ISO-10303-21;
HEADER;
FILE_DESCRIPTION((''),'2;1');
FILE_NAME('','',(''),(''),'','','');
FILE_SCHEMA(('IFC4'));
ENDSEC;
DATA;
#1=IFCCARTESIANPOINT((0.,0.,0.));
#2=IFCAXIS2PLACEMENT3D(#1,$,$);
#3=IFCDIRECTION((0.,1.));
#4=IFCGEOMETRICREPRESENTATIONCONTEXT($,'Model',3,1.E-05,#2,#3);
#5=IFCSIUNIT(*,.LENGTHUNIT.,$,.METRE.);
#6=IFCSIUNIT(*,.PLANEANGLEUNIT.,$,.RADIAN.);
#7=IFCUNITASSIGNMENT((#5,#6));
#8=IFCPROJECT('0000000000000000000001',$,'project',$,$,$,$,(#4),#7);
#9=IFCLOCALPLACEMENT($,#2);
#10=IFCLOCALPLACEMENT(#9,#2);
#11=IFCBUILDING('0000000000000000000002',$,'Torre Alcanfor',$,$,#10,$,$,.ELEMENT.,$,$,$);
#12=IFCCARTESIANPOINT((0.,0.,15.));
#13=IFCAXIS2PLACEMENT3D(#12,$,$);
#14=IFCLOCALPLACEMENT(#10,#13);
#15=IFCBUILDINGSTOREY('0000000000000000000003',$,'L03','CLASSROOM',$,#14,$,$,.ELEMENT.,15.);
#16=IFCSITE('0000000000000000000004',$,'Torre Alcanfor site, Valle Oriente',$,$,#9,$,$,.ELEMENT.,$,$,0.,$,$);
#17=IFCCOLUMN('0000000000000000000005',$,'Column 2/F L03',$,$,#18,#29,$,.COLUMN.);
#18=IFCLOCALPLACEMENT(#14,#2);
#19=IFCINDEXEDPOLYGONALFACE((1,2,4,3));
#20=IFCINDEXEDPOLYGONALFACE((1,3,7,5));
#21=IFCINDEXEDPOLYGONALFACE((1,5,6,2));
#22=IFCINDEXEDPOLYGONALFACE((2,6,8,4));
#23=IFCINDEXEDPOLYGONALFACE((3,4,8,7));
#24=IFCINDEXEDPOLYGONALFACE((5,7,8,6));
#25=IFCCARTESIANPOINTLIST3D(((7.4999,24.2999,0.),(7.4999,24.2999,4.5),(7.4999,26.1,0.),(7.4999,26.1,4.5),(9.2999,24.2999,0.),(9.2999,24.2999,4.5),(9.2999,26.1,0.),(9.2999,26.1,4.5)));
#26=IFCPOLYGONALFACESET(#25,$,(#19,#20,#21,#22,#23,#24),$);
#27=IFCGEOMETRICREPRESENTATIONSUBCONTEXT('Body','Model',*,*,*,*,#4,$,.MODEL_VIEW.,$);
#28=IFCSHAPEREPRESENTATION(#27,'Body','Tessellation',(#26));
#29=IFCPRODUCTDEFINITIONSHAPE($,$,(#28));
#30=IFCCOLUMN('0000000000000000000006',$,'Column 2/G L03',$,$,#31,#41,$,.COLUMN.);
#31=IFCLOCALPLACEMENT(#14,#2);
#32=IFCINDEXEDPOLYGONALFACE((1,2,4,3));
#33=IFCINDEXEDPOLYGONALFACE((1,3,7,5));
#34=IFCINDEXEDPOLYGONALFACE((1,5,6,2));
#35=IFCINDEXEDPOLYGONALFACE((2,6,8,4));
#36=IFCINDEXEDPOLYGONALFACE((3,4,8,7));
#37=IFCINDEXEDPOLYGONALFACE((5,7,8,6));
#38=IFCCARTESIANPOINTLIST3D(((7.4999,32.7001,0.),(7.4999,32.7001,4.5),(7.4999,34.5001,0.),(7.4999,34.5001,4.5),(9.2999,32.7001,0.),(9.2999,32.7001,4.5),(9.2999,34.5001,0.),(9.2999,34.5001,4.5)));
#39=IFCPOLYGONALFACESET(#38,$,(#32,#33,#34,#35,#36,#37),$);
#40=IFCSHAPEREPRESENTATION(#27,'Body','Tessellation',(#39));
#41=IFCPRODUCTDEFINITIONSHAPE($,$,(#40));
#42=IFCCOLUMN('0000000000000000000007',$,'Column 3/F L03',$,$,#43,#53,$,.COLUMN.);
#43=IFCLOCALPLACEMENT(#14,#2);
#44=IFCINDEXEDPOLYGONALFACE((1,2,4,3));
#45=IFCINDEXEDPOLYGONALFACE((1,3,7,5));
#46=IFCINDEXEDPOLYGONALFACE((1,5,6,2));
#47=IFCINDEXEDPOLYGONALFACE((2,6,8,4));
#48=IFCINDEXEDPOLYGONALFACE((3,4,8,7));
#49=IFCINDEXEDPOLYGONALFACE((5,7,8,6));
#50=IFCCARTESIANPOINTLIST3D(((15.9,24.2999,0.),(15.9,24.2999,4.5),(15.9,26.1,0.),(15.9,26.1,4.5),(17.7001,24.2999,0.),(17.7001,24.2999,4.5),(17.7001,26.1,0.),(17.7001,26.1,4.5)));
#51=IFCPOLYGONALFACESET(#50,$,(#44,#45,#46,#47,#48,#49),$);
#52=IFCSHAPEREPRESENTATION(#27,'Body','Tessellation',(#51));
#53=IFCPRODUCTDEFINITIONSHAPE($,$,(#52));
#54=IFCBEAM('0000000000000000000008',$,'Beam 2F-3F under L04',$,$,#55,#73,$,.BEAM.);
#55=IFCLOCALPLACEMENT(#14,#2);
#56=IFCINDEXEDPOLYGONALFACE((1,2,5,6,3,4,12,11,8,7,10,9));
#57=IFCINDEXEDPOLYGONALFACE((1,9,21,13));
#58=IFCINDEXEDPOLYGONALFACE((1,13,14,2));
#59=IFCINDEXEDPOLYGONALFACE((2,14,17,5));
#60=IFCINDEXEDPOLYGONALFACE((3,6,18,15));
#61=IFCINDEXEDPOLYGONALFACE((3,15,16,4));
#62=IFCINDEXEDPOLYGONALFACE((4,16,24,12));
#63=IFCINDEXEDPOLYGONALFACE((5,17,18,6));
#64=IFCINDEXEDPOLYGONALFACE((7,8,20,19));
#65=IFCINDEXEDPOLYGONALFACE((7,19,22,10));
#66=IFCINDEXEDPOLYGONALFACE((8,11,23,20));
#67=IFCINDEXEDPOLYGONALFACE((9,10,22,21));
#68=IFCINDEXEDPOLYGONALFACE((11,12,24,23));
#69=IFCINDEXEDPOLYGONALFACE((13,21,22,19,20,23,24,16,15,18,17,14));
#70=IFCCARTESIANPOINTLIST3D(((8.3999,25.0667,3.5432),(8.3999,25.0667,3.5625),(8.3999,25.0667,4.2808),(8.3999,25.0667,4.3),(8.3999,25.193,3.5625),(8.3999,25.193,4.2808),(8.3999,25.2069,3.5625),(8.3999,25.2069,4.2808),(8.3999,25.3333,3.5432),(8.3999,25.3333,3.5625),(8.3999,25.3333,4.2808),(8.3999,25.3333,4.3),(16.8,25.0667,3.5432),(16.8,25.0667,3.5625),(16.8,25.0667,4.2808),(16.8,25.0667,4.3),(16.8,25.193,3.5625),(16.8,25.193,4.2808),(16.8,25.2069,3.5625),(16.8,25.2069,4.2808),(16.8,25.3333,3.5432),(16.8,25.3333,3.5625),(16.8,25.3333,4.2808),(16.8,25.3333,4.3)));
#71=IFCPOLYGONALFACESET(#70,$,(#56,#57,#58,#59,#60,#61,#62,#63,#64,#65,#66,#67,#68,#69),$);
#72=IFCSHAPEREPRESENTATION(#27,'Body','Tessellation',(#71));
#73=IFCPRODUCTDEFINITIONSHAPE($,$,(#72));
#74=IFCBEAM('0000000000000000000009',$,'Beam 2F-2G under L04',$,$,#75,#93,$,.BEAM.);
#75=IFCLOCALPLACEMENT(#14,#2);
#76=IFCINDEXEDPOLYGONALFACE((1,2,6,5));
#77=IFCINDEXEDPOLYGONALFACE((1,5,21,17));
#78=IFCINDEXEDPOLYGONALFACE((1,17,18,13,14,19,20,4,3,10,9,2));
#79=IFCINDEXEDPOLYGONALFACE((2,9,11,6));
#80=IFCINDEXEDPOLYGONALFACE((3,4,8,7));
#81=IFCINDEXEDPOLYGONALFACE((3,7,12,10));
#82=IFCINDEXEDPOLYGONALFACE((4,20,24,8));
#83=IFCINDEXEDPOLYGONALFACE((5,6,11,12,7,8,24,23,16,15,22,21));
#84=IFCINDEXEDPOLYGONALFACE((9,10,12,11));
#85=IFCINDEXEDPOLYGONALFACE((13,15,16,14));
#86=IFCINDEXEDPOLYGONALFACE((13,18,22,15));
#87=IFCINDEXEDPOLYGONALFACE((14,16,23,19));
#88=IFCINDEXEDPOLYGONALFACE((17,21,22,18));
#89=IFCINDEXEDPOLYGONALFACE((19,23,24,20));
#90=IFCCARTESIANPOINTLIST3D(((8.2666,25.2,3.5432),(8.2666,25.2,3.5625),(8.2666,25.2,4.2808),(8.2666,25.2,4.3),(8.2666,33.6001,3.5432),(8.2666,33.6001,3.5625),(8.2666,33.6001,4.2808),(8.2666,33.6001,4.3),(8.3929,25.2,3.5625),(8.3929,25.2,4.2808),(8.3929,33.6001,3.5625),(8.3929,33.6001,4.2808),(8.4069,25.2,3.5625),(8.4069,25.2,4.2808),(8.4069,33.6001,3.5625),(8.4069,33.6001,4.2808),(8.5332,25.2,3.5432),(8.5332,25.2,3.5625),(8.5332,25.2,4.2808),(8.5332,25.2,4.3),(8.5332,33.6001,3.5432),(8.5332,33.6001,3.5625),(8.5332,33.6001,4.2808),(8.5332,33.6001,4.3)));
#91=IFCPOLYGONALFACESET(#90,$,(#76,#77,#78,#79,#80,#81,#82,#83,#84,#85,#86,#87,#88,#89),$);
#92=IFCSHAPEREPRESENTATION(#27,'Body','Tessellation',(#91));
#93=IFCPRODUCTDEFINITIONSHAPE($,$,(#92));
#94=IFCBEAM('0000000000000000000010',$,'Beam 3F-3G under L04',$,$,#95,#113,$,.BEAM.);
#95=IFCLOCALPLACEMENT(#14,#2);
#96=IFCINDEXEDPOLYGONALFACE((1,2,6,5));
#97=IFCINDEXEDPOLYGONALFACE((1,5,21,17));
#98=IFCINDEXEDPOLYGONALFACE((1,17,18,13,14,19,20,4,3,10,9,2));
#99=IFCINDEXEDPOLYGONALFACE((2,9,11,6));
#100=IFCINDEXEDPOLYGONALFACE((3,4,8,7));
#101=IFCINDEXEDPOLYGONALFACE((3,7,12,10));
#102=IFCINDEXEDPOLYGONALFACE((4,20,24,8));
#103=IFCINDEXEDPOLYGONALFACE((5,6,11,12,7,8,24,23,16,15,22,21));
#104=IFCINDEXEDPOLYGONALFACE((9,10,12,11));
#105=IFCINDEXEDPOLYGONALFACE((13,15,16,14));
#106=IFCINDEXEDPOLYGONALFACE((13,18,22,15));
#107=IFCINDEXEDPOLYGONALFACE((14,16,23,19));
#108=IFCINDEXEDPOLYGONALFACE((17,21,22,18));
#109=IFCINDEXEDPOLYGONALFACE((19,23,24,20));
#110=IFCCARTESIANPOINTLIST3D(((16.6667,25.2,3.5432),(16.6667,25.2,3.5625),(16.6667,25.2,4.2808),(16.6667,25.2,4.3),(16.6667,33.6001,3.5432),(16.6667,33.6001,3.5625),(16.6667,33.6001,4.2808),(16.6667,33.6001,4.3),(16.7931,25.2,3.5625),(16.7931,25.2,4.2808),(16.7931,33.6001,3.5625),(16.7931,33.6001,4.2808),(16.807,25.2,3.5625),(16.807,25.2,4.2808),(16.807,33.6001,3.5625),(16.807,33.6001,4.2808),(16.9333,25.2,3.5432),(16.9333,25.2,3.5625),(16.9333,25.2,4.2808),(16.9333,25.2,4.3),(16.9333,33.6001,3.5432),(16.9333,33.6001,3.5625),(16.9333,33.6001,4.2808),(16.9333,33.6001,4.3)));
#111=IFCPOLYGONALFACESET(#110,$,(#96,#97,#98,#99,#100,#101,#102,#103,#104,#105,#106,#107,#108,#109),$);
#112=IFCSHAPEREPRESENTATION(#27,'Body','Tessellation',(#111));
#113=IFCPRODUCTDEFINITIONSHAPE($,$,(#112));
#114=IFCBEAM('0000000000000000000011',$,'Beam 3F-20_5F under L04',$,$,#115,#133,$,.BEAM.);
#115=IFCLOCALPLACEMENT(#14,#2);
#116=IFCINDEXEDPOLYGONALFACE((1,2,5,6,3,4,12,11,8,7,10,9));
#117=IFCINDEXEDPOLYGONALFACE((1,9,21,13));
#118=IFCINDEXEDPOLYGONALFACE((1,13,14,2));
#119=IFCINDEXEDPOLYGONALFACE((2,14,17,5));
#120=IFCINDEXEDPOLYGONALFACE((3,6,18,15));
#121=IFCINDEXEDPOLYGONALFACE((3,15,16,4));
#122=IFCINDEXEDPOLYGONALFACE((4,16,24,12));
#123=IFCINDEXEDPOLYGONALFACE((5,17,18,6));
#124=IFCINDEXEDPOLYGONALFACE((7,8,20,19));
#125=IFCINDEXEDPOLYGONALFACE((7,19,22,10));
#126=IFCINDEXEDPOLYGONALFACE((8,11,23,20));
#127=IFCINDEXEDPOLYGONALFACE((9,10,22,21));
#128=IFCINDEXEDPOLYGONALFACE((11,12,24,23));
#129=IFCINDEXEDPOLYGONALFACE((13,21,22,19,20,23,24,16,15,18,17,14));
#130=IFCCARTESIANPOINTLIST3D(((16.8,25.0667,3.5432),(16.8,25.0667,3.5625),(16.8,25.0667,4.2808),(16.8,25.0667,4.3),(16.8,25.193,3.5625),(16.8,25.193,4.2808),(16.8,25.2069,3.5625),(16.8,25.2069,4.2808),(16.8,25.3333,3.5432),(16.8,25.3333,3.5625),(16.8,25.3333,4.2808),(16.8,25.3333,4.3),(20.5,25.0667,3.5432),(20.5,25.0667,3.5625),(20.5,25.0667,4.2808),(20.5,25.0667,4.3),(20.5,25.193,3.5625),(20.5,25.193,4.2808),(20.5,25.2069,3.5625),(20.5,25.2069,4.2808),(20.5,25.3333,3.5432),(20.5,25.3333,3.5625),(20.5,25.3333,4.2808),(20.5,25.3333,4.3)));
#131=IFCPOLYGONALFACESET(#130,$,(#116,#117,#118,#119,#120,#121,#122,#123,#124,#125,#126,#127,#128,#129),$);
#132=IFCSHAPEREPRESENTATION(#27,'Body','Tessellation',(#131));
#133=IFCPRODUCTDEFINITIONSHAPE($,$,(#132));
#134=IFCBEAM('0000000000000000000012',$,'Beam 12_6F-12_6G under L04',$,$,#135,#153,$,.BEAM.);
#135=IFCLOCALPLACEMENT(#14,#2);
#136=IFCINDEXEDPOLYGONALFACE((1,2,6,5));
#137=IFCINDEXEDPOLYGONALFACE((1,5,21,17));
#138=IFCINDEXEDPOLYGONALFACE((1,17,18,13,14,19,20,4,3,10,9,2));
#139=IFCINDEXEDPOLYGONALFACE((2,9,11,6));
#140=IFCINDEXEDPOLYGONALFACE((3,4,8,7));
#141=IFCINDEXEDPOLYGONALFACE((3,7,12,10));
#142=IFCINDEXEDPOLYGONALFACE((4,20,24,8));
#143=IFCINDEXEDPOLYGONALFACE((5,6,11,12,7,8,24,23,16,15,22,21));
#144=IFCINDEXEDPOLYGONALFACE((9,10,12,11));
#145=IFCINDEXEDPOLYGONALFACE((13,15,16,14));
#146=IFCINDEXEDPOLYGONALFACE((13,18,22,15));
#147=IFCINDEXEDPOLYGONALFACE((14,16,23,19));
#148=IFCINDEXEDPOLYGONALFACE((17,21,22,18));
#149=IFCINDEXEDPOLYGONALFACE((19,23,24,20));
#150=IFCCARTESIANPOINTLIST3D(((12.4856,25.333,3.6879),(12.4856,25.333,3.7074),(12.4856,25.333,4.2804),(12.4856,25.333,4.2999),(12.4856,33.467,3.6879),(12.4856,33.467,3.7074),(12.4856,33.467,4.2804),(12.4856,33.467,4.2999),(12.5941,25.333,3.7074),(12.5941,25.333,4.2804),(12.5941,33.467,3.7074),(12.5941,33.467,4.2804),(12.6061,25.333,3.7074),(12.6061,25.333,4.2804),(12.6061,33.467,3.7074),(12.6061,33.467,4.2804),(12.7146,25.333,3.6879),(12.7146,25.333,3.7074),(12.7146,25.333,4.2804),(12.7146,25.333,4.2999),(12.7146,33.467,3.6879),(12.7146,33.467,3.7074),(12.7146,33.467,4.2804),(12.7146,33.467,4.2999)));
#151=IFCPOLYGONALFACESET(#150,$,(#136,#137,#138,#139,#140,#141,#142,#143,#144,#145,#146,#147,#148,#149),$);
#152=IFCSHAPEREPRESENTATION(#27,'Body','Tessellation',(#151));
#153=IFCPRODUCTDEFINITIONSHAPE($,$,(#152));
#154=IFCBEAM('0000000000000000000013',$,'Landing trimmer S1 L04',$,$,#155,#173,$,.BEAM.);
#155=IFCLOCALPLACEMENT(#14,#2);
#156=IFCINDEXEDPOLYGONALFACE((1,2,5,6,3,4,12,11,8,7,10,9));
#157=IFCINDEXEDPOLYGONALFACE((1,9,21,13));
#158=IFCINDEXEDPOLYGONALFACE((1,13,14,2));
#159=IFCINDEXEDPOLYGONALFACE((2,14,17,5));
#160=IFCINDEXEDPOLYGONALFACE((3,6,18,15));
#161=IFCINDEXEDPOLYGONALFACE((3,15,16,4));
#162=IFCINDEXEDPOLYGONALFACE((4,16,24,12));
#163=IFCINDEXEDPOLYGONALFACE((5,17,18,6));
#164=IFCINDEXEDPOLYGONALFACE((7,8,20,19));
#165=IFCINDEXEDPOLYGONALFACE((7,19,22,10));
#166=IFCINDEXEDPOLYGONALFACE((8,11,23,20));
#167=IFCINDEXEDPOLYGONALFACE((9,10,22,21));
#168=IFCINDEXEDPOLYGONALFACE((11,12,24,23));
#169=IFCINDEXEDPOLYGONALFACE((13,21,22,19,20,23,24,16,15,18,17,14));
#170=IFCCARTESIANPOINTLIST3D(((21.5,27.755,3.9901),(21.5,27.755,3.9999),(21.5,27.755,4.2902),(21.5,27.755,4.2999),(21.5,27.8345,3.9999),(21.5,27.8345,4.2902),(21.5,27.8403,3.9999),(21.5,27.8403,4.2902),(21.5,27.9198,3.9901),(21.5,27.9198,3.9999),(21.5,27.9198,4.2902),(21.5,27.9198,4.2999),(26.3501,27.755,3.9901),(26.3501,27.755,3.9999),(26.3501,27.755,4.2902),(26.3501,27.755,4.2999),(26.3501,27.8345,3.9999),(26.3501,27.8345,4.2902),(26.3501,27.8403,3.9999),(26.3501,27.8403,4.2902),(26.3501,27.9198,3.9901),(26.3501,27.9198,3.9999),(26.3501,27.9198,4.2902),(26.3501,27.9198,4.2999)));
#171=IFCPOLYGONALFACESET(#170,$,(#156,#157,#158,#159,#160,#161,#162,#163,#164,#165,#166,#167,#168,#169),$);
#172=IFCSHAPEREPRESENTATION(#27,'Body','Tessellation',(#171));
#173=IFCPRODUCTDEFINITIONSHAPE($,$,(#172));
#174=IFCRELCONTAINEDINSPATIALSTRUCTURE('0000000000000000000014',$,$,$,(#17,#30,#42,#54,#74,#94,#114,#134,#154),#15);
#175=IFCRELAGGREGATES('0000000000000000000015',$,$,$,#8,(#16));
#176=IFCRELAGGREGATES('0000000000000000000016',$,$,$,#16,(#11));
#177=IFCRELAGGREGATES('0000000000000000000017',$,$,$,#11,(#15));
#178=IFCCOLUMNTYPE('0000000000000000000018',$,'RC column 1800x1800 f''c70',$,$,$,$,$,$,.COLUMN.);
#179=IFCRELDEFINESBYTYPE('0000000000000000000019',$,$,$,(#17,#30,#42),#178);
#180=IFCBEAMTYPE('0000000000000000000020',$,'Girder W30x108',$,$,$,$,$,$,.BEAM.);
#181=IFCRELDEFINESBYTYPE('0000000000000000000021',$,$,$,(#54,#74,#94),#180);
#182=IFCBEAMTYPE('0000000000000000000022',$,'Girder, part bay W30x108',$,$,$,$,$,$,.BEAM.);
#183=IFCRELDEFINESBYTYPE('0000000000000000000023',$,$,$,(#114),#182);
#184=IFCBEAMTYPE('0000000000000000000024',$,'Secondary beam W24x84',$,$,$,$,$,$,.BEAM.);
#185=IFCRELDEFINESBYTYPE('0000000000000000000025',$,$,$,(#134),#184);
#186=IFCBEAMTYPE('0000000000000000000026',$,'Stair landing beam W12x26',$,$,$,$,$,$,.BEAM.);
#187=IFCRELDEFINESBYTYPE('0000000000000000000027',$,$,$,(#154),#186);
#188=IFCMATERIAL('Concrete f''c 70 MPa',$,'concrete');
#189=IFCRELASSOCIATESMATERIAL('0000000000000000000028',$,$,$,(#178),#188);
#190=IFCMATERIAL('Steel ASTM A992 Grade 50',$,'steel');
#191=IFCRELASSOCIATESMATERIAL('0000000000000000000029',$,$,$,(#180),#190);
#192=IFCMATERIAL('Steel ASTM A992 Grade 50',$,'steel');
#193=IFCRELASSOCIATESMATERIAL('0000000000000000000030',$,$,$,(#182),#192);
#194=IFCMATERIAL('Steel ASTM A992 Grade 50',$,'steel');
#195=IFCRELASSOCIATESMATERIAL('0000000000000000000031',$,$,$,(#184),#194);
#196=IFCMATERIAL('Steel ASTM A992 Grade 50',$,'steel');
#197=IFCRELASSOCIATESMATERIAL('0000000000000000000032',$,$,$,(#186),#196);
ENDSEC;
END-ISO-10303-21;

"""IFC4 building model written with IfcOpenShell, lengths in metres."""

from ifc_helpers import new_model, si_unit, direction, frame, origin, origin_2d, place, context, subcontext, project, spatial, rectangle, i_section, extrude, material, material_profile, profile_set, type_object, element, save


model = new_model("IFC4")

# Units and contexts
model_context = context("Model", 3, precision=1e-05, world=origin(), true_north=direction((0.0, 1.0)))
body_context = subcontext(model_context, "Body", "Model", "MODEL_VIEW")
ifc_project = project(units=[si_unit("LENGTHUNIT", "METRE"), si_unit("PLANEANGLEUNIT", "RADIAN")], contexts=[model_context])

# Site, building, storey
site_placement = place(None, origin())
site = spatial("IfcSite", under=ifc_project, at=site_placement, Name="Torre Alcanfor site, Valle Oriente", CompositionType="ELEMENT", RefElevation=0.0)
building_placement = place(site_placement, origin())
building = spatial("IfcBuilding", under=site, at=building_placement, Name="Torre Alcanfor", CompositionType="ELEMENT")
storey_placement = place(building_placement, frame((0.0, 0.0, 15.0)))
storey = spatial("IfcBuildingStorey", under=building, at=storey_placement, Name="L03", Description="CLASSROOM", CompositionType="ELEMENT", Elevation=15.0)

# Columns
ifc_material_1 = material(Name="Concrete f'c 70 MPa", Category="concrete")
ifc_material_profile_1 = material_profile(ifc_material_1, rectangle(XDim=1.8, YDim=1.8, at=origin_2d()), Name="1800x1800")
ifc_profile_set_1 = profile_set([ifc_material_profile_1], Name="Concrete f'c 70 MPa")
column_type = type_object("IfcColumnType", Name="RC column 1800x1800 f'c70", PredefinedType="COLUMN", material=ifc_profile_set_1)
for number, where, z_axis, x_axis, name in (
    (1, (8.3999, 25.2, 0.0), (0.0, 0.0, 1.0), (1.0, 0.0, 0.0), "Column 2/F L03"),
    (2, (8.3999, 33.6001, 0.0), (0.0, 0.0, 1.0), (1.0, 0.0, 0.0), "Column 2/G L03"),
    (3, (16.8, 25.2, 0.0), (0.0, 0.0, 1.0), (1.0, 0.0, 0.0), "Column 3/F L03"),
):
    element("IfcColumn", number, at=place(storey_placement, frame(where, z_axis=z_axis, x_axis=x_axis)), inside=storey, type_object=column_type, Name=name, PredefinedType="COLUMN", context=body_context, shape_type="SweptSolid", body=[
        extrude(rectangle(XDim=1.8, YDim=1.8, at=origin_2d()), origin(), (0.0, 0.0, 1.0), 4.5),
    ])

# Beams
ifc_material_2 = material(Name="Steel ASTM A992 Grade 50", Category="steel")
ifc_material_profile_2 = material_profile(ifc_material_2, i_section(OverallWidth=0.2666, OverallDepth=0.7568, WebThickness=0.0139, FlangeThickness=0.0193, at=origin_2d()), Name="W30x108")
ifc_profile_set_2 = profile_set([ifc_material_profile_2], Name="Steel ASTM A992 Grade 50")
beam_type_1 = type_object("IfcBeamType", Name="Girder W30x108", PredefinedType="BEAM", material=ifc_profile_set_2)
for number, where, z_axis, x_axis, name in (
    (4, (8.3999, 25.2, 3.9216), (1.0, 0.0, 0.0), (0.0, 1.0, 0.0), "Beam 2F-3F under L04"),
    (5, (8.3999, 25.2, 3.9216), (0.0, 1.0, 0.0), (-1.0, 0.0, 0.0), "Beam 2F-2G under L04"),
    (6, (16.8, 25.2, 3.9216), (0.0, 1.0, 0.0), (-1.0, 0.0, 0.0), "Beam 3F-3G under L04"),
):
    element("IfcBeam", number, at=place(storey_placement, frame(where, z_axis=z_axis, x_axis=x_axis)), inside=storey, type_object=beam_type_1, Name=name, PredefinedType="BEAM", context=body_context, shape_type="SweptSolid", body=[
        extrude(i_section(OverallWidth=0.2666, OverallDepth=0.7568, WebThickness=0.0139, FlangeThickness=0.0193, at=origin_2d()), origin(), (0.0, 0.0, 1.0), 8.4001),
    ])
ifc_material_3 = material(Name="Steel ASTM A992 Grade 50", Category="steel")
ifc_material_profile_3 = material_profile(ifc_material_3, i_section(OverallWidth=0.2666, OverallDepth=0.7568, WebThickness=0.0139, FlangeThickness=0.0193, at=origin_2d()), Name="W30x108")
ifc_profile_set_3 = profile_set([ifc_material_profile_3], Name="Steel ASTM A992 Grade 50")
beam_type_2 = type_object("IfcBeamType", Name="Girder, part bay W30x108", PredefinedType="BEAM", material=ifc_profile_set_3)
beam_1_placement = place(storey_placement, frame((16.8, 25.2, 3.9216), z_axis=(1.0, 0.0, 0.0), x_axis=(0.0, 1.0, 0.0)))
element("IfcBeam", 7, at=beam_1_placement, inside=storey, type_object=beam_type_2, Name="Beam 3F-20_5F under L04", PredefinedType="BEAM", context=body_context, shape_type="SweptSolid", body=[
    extrude(i_section(OverallWidth=0.2666, OverallDepth=0.7568, WebThickness=0.0139, FlangeThickness=0.0193, at=origin_2d()), origin(), (0.0, 0.0, 1.0), 3.7),
])
ifc_material_4 = material(Name="Steel ASTM A992 Grade 50", Category="steel")
ifc_material_profile_4 = material_profile(ifc_material_4, i_section(OverallWidth=0.229, OverallDepth=0.6121, WebThickness=0.012, FlangeThickness=0.0195, at=origin_2d()), Name="W24x84")
ifc_profile_set_4 = profile_set([ifc_material_profile_4], Name="Steel ASTM A992 Grade 50")
beam_type_3 = type_object("IfcBeamType", Name="Secondary beam W24x84", PredefinedType="BEAM", material=ifc_profile_set_4)
beam_2_placement = place(storey_placement, frame((12.6001, 25.333, 3.9939), z_axis=(0.0, 1.0, 0.0), x_axis=(-1.0, 0.0, 0.0)))
element("IfcBeam", 8, at=beam_2_placement, inside=storey, type_object=beam_type_3, Name="Beam 12_6F-12_6G under L04", PredefinedType="BEAM", context=body_context, shape_type="SweptSolid", body=[
    extrude(i_section(OverallWidth=0.229, OverallDepth=0.6121, WebThickness=0.012, FlangeThickness=0.0195, at=origin_2d()), origin(), (0.0, 0.0, 1.0), 8.134),
])
ifc_material_5 = material(Name="Steel ASTM A992 Grade 50", Category="steel")
ifc_material_profile_5 = material_profile(ifc_material_5, i_section(OverallWidth=0.1648, OverallDepth=0.3098, WebThickness=0.0059, FlangeThickness=0.0098, at=origin_2d()), Name="W12x26")
ifc_profile_set_5 = profile_set([ifc_material_profile_5], Name="Steel ASTM A992 Grade 50")
beam_type_4 = type_object("IfcBeamType", Name="Stair landing beam W12x26", PredefinedType="BEAM", material=ifc_profile_set_5)
beam_3_placement = place(storey_placement, frame((21.5, 27.8374, 4.145), z_axis=(1.0, 0.0, 0.0), x_axis=(0.0, 1.0, 0.0)))
element("IfcBeam", 9, at=beam_3_placement, inside=storey, type_object=beam_type_4, Name="Landing trimmer S1 L04", PredefinedType="BEAM", context=body_context, shape_type="SweptSolid", body=[
    extrude(i_section(OverallWidth=0.1648, OverallDepth=0.3098, WebThickness=0.0059, FlangeThickness=0.0098, at=origin_2d()), origin(), (0.0, 0.0, 1.0), 4.8501),
])

save(model, "model.ifc")
